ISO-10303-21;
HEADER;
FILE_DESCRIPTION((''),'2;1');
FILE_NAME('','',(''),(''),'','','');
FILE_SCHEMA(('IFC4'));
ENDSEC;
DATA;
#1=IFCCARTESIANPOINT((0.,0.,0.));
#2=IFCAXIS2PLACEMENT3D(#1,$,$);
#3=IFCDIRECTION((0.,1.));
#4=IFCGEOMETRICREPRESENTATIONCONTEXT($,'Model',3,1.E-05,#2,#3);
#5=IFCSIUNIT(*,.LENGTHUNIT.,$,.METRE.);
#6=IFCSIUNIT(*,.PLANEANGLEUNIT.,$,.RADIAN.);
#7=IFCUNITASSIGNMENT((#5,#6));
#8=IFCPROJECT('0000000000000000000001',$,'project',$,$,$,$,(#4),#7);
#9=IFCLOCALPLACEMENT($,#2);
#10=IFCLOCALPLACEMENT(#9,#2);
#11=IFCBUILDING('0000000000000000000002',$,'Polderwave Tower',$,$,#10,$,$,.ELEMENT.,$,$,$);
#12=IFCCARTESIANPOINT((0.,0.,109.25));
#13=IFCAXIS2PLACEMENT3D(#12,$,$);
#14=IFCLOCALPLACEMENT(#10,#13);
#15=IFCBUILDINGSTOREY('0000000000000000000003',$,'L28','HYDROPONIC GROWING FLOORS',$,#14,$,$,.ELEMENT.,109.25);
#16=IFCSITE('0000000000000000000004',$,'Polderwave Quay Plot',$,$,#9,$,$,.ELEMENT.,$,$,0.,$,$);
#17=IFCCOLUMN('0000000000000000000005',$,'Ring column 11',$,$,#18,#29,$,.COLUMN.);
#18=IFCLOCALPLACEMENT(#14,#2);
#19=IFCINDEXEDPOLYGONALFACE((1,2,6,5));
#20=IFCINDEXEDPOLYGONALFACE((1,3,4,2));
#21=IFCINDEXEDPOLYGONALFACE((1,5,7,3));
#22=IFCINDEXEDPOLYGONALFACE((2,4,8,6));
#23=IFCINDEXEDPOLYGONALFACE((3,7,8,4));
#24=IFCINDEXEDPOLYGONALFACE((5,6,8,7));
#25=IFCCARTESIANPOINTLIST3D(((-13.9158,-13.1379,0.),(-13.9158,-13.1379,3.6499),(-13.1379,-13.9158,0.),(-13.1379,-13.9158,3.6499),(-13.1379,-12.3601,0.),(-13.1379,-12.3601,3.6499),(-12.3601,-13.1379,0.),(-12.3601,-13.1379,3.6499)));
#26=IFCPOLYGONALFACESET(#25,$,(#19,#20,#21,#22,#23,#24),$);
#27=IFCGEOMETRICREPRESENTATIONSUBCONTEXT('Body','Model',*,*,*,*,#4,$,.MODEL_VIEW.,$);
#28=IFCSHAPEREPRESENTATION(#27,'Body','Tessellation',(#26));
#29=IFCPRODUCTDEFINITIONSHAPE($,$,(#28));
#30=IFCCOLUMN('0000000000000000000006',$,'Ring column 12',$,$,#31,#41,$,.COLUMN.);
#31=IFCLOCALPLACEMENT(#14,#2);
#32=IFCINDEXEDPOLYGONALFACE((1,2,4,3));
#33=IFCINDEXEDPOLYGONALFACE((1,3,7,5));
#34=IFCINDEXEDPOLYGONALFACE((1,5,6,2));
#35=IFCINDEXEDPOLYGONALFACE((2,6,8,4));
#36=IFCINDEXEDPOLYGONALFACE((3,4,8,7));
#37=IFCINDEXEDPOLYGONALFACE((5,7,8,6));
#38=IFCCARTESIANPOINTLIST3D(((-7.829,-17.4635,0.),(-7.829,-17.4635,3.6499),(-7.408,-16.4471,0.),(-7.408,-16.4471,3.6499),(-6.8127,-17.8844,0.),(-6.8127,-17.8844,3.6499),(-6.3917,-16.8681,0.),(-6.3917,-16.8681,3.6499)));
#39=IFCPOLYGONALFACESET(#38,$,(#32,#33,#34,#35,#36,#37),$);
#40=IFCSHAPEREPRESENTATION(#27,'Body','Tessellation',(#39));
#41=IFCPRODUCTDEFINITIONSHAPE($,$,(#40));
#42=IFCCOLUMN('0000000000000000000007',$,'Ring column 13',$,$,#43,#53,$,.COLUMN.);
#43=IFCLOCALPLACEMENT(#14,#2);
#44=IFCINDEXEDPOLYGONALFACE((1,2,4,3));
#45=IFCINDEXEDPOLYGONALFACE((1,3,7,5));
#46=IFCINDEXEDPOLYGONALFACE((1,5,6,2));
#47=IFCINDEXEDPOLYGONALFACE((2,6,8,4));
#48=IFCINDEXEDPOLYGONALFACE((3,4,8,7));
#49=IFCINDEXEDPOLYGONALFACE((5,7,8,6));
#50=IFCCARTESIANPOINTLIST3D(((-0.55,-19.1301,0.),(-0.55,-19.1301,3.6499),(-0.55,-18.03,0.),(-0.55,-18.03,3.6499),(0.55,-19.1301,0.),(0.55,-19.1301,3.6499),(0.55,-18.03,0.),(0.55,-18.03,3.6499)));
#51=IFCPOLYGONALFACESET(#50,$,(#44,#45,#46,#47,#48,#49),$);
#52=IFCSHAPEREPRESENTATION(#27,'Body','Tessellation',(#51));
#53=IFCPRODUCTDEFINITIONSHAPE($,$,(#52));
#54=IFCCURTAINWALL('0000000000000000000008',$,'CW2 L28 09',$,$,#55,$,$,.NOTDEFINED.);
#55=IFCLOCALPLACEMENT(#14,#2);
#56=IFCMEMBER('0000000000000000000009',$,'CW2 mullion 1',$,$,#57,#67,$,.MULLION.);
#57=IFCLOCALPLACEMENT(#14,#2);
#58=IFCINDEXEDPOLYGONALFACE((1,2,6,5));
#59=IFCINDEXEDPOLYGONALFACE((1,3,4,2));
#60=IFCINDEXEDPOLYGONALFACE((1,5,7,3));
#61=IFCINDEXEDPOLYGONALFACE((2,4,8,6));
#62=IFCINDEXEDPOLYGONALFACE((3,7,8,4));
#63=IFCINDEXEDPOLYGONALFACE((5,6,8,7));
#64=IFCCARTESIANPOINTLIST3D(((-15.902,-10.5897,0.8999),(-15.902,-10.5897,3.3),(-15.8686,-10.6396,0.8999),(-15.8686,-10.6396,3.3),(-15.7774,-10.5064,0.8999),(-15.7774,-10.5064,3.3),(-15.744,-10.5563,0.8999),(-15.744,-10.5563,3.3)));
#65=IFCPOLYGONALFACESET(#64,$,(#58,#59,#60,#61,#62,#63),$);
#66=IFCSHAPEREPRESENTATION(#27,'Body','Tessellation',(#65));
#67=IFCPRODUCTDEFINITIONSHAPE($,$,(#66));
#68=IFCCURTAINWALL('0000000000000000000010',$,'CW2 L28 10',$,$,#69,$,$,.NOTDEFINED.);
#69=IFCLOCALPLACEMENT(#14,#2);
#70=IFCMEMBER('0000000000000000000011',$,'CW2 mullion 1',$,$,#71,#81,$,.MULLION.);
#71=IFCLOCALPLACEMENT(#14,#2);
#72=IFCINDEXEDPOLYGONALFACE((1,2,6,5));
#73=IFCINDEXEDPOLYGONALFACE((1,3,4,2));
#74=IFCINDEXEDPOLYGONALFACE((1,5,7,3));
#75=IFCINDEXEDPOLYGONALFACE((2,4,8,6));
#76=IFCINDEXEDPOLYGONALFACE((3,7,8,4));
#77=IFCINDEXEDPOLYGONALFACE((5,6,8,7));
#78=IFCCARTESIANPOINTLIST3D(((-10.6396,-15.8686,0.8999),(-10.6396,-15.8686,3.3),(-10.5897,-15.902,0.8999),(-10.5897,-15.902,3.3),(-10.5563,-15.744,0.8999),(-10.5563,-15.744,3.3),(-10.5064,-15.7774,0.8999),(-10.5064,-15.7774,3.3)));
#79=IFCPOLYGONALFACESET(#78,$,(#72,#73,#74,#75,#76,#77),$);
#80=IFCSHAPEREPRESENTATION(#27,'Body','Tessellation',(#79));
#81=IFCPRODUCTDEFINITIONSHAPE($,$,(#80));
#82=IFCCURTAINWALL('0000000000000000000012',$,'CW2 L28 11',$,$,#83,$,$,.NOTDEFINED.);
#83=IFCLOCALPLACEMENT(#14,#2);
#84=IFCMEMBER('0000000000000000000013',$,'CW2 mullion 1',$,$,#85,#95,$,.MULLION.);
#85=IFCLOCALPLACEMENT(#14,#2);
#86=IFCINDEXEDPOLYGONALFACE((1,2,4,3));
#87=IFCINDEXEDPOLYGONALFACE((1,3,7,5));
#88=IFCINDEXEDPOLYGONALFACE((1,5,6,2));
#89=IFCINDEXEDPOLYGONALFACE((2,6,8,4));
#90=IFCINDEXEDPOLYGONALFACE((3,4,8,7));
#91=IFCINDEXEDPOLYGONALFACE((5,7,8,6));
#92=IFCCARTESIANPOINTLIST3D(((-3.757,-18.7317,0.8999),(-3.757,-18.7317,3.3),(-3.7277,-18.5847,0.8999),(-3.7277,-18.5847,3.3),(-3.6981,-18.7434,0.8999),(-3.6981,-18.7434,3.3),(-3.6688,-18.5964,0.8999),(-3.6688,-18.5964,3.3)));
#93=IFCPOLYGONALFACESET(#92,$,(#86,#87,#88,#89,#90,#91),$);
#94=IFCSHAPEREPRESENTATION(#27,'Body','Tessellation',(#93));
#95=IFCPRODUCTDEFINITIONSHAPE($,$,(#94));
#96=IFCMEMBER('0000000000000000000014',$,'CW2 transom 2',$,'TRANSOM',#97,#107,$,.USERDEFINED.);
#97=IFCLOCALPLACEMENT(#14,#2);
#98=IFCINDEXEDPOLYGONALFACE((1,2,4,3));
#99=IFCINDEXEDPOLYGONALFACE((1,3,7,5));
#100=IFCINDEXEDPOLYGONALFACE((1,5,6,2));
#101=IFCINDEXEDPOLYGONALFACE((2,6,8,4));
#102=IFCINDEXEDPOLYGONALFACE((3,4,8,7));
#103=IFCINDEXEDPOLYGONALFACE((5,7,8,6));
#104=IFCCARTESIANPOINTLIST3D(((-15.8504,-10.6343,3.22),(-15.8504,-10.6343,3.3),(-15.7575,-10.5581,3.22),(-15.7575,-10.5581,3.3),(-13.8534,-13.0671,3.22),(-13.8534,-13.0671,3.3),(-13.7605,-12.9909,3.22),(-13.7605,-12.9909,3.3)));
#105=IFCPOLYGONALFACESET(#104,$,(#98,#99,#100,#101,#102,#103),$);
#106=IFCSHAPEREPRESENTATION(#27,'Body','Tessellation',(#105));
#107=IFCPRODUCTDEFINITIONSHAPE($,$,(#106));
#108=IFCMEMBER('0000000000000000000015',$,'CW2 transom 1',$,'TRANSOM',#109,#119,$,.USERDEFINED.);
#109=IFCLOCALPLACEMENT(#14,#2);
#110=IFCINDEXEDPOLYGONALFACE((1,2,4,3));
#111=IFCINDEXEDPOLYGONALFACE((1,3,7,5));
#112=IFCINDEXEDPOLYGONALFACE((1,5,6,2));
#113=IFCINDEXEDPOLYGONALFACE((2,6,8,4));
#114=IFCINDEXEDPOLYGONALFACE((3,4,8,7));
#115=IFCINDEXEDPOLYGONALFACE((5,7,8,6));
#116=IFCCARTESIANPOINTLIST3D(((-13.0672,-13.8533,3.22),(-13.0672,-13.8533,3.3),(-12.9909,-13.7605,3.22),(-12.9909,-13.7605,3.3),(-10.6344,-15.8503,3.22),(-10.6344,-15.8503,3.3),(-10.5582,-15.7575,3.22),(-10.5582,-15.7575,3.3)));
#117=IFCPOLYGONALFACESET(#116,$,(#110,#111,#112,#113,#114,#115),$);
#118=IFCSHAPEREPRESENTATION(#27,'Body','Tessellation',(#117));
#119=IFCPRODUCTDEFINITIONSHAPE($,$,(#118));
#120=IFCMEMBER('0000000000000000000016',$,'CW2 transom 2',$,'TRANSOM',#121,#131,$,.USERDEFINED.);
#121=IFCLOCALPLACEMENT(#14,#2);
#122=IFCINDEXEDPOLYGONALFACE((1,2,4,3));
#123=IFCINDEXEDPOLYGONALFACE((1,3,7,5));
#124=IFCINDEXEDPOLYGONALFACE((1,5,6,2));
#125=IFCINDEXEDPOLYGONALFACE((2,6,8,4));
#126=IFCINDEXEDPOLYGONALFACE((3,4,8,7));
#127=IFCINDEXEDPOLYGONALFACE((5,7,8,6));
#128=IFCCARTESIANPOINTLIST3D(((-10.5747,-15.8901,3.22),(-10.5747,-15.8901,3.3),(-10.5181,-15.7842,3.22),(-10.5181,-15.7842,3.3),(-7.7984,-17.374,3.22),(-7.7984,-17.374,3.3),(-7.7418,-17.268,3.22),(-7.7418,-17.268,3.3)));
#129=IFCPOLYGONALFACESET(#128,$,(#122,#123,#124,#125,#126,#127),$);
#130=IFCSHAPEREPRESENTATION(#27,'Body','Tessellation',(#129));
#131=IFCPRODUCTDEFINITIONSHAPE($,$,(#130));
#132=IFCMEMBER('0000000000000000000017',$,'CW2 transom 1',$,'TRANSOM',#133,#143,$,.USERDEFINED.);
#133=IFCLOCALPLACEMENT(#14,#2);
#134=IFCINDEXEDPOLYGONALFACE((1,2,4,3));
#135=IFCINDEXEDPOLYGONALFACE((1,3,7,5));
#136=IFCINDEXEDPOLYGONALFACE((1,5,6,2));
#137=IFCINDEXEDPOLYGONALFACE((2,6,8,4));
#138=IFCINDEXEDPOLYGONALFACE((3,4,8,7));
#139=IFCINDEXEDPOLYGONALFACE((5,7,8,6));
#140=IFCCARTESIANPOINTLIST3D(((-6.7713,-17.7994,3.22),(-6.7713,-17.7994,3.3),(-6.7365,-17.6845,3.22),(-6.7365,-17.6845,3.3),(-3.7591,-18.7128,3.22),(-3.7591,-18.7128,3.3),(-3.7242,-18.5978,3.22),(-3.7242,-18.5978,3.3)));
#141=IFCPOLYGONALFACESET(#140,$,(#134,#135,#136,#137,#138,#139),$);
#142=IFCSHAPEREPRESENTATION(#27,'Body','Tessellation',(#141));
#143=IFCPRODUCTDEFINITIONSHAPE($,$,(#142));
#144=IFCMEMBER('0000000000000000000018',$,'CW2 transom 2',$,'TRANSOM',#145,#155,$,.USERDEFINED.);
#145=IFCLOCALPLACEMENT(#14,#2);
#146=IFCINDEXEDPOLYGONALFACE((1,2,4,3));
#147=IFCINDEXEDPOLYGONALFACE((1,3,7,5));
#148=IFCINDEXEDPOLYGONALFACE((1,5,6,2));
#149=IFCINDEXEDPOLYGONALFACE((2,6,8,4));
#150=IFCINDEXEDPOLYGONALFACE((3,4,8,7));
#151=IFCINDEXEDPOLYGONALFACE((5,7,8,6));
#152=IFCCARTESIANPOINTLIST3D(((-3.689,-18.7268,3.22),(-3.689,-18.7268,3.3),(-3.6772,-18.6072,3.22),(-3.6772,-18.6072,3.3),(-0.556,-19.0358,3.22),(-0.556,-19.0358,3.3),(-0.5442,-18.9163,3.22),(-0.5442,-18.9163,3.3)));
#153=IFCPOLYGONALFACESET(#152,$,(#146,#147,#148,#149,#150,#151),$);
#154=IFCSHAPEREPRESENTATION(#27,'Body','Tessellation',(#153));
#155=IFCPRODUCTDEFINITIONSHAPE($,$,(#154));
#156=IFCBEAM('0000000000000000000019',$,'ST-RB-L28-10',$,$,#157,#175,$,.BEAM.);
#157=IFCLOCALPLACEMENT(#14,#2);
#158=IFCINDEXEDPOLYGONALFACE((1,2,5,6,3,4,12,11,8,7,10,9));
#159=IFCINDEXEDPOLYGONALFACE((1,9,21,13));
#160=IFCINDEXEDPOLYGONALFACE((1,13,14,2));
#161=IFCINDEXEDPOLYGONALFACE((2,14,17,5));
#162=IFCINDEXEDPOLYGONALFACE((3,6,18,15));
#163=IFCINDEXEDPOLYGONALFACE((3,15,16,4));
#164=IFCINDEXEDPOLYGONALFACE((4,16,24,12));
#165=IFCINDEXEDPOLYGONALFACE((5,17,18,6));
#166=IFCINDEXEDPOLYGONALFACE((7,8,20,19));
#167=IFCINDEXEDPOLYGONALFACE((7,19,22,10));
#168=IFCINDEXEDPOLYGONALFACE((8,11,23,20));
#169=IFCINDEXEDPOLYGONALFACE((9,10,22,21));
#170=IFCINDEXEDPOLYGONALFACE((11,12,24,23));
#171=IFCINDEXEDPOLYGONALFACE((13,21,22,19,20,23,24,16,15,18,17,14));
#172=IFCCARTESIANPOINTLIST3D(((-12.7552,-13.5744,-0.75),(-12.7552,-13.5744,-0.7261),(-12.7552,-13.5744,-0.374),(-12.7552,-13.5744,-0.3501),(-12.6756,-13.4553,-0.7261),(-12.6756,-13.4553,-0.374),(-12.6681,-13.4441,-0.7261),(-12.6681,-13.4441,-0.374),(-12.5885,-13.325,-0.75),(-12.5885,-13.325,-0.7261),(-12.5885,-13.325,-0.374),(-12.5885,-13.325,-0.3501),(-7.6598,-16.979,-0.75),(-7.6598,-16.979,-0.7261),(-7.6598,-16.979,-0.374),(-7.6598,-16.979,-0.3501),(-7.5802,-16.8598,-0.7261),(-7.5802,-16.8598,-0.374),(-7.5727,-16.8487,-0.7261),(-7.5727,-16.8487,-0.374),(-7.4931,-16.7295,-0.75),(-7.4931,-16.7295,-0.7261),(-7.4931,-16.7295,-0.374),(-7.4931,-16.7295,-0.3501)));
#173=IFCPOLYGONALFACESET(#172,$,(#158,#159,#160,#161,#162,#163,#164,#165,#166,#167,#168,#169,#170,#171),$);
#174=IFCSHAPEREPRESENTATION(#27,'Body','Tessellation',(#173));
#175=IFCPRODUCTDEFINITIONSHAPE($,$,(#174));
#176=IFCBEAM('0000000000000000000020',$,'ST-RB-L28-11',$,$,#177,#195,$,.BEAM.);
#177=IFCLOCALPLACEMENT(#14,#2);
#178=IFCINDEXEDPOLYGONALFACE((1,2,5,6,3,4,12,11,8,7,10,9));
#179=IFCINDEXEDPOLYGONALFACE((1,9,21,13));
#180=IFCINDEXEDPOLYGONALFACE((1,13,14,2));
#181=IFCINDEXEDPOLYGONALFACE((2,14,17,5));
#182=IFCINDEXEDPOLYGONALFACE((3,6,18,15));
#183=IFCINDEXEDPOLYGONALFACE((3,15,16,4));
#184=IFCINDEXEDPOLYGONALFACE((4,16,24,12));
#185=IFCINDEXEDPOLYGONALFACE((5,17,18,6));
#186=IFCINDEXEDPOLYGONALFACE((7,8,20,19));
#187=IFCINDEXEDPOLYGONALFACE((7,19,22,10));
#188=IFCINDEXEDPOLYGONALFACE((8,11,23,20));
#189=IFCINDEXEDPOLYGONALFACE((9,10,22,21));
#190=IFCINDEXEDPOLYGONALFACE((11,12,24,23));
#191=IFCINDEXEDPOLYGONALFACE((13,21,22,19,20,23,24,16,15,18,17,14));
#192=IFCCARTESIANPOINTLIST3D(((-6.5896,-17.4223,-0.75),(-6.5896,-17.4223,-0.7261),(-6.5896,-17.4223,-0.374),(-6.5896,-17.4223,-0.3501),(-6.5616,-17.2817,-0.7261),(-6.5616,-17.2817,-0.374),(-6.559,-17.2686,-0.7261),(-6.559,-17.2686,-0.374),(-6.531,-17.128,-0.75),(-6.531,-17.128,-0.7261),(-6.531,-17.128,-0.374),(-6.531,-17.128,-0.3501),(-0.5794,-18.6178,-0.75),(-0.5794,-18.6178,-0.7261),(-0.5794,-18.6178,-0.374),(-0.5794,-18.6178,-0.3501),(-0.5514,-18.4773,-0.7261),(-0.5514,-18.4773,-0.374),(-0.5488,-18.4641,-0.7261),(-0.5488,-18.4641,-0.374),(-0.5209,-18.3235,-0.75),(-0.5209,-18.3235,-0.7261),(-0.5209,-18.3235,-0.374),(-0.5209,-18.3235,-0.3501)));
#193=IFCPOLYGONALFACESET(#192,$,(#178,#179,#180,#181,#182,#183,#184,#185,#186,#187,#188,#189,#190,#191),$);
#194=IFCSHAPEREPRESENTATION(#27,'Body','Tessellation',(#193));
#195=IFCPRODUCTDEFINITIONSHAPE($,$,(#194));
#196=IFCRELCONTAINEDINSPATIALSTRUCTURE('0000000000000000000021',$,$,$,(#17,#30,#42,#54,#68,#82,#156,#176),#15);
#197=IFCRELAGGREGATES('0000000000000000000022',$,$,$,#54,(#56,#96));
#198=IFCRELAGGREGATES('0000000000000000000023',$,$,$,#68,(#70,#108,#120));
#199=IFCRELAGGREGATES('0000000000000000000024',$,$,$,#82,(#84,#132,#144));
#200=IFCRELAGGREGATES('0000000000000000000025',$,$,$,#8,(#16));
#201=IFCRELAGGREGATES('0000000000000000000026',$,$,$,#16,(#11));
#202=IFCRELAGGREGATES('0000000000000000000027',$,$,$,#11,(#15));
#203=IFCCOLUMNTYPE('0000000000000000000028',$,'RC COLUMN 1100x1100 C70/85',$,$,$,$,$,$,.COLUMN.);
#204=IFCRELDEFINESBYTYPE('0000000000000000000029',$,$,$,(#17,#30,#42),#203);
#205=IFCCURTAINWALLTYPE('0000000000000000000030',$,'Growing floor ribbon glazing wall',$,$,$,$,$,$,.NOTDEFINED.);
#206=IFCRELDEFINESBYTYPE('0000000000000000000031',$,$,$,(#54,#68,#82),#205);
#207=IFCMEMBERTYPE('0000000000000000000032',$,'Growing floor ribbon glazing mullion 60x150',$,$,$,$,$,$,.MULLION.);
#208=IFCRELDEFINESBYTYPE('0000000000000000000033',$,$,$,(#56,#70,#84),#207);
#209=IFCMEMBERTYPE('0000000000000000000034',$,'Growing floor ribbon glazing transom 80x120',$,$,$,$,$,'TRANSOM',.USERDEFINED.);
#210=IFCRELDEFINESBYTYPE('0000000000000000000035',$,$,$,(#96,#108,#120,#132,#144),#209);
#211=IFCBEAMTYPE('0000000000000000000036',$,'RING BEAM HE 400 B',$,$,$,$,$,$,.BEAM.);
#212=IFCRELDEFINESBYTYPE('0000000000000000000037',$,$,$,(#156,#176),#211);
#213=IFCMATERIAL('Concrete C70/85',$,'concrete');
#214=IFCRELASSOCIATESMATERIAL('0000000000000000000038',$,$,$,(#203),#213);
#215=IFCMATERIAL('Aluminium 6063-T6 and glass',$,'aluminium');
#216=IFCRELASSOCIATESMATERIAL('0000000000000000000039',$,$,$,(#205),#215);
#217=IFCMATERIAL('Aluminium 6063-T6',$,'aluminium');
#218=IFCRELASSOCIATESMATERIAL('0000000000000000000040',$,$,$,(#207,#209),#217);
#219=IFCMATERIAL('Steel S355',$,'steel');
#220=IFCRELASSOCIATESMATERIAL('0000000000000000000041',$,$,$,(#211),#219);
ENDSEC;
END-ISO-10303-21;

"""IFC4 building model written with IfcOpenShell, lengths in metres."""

from ifc_helpers import new_model, si_unit, direction, frame, origin, origin_2d, place, context, subcontext, project, spatial, rectangle, i_section, extrude, material, material_profile, profile_set, type_object, element, aggregate, save


model = new_model("IFC4")

# Units and contexts
model_context = context("Model", 3, precision=1e-05, world=origin(), true_north=direction((0.0, 1.0)))
body_context = subcontext(model_context, "Body", "Model", "MODEL_VIEW")
ifc_project = project(units=[si_unit("LENGTHUNIT", "METRE"), si_unit("PLANEANGLEUNIT", "RADIAN")], contexts=[model_context])

# Site, building, storey
site_placement = place(None, origin())
site = spatial("IfcSite", under=ifc_project, at=site_placement, Name="Polderwave Quay Plot", CompositionType="ELEMENT", RefElevation=0.0)
building_placement = place(site_placement, origin())
building = spatial("IfcBuilding", under=site, at=building_placement, Name="Polderwave Tower", CompositionType="ELEMENT")
storey_placement = place(building_placement, frame((0.0, 0.0, 109.25)))
storey = spatial("IfcBuildingStorey", under=building, at=storey_placement, Name="L28", Description="HYDROPONIC GROWING FLOORS", CompositionType="ELEMENT", Elevation=109.25)

# Columns
ifc_material_1 = material(Name="Concrete C70/85", Category="concrete")
ifc_material_profile_1 = material_profile(ifc_material_1, rectangle(XDim=1.1001, YDim=1.1001, at=origin_2d()), Name="RC 1100x1100")
ifc_profile_set_1 = profile_set([ifc_material_profile_1], Name="Concrete C70/85")
column_type = type_object("IfcColumnType", Name="RC COLUMN 1100x1100 C70/85", PredefinedType="COLUMN", material=ifc_profile_set_1)
for number, where, z_axis, x_axis, name in (
    (1, (-13.1379, -13.1379, 0.0), (0.0, 0.0, 1.0), (-0.707107, -0.707107, 0.0), "Ring column 11"),
    (2, (-7.1104, -17.1658, 0.0), (0.0, 0.0, 1.0), (-0.382683, -0.92388, 0.0), "Ring column 12"),
    (3, (0.0, -18.5801, 0.0), (0.0, 0.0, 1.0), (0.0, -1.0, 0.0), "Ring column 13"),
):
    element("IfcColumn", number, at=place(storey_placement, frame(where, z_axis=z_axis, x_axis=x_axis)), inside=storey, type_object=column_type, Name=name, PredefinedType="COLUMN", context=body_context, shape_type="SweptSolid", body=[
        extrude(rectangle(XDim=1.1001, YDim=1.1001, at=origin_2d()), origin(), (0.0, 0.0, 1.0), 3.6499),
    ])

# Curtain walls, members
ifc_material_2 = material(Name="Aluminium 6063-T6 and glass", Category="aluminium")
curtain_wall_type = type_object("IfcCurtainWallType", Name="Growing floor ribbon glazing wall", PredefinedType="NOTDEFINED", material=ifc_material_2)
curtain_wall_1_placement = place(storey_placement, origin())
curtain_wall_1 = element("IfcCurtainWall", 4, at=curtain_wall_1_placement, inside=storey, type_object=curtain_wall_type, Name="CW2 L28 09", PredefinedType="NOTDEFINED")
ifc_material_3 = material(Name="Aluminium 6063-T6", Category="aluminium")
ifc_material_profile_2 = material_profile(ifc_material_3, rectangle(XDim=0.1499, YDim=0.0601, at=origin_2d()), Name="AL 60x150")
ifc_profile_set_2 = profile_set([ifc_material_profile_2], Name="Aluminium 6063-T6")
member_type_1 = type_object("IfcMemberType", Name="Growing floor ribbon glazing mullion 60x150", PredefinedType="MULLION", material=ifc_profile_set_2)
member_1_placement = place(storey_placement, frame((-15.823, -10.573, 0.8999), z_axis=(0.0, 0.0, 1.0), x_axis=(0.83146, 0.555585, 0.0)))
member_1 = element("IfcMember", 5, at=member_1_placement, type_object=member_type_1, Name="CW2 mullion 1", PredefinedType="MULLION", context=body_context, shape_type="SweptSolid", body=[
    extrude(rectangle(XDim=0.1499, YDim=0.0601, at=origin_2d()), origin(), (0.0, 0.0, 1.0), 2.4001),
])
curtain_wall_2_placement = place(storey_placement, origin())
curtain_wall_2 = element("IfcCurtainWall", 6, at=curtain_wall_2_placement, inside=storey, type_object=curtain_wall_type, Name="CW2 L28 10", PredefinedType="NOTDEFINED")
member_2_placement = place(storey_placement, frame((-10.573, -15.823, 0.8999), z_axis=(0.0, 0.0, 1.0), x_axis=(0.555585, 0.83146, 0.0)))
member_2 = element("IfcMember", 7, at=member_2_placement, type_object=member_type_1, Name="CW2 mullion 1", PredefinedType="MULLION", context=body_context, shape_type="SweptSolid", body=[
    extrude(rectangle(XDim=0.1499, YDim=0.0601, at=origin_2d()), origin(), (0.0, 0.0, 1.0), 2.4001),
])
curtain_wall_3_placement = place(storey_placement, origin())
curtain_wall_3 = element("IfcCurtainWall", 8, at=curtain_wall_3_placement, inside=storey, type_object=curtain_wall_type, Name="CW2 L28 11", PredefinedType="NOTDEFINED")
member_3_placement = place(storey_placement, frame((-3.7129, -18.6641, 0.8999), z_axis=(0.0, 0.0, 1.0), x_axis=(0.195092, 0.980785, 0.0)))
member_3 = element("IfcMember", 9, at=member_3_placement, type_object=member_type_1, Name="CW2 mullion 1", PredefinedType="MULLION", context=body_context, shape_type="SweptSolid", body=[
    extrude(rectangle(XDim=0.1499, YDim=0.0601, at=origin_2d()), origin(), (0.0, 0.0, 1.0), 2.4001),
])

# Members
ifc_material_profile_3 = material_profile(ifc_material_3, rectangle(XDim=0.1201, YDim=0.0801, at=origin_2d()), Name="AL 80x120")
ifc_profile_set_3 = profile_set([ifc_material_profile_3], Name="Aluminium 6063-T6")
member_type_2 = type_object("IfcMemberType", Name="Growing floor ribbon glazing transom 80x120", ElementType="TRANSOM", PredefinedType="USERDEFINED", material=ifc_profile_set_3)
member_4_placement = place(storey_placement, frame((-15.804, -10.5962, 3.26), z_axis=(0.634483, -0.772937, 0.0), x_axis=(0.772937, 0.634483, 0.0)))
member_4 = element("IfcMember", 10, at=member_4_placement, type_object=member_type_2, Name="CW2 transom 2", ObjectType="TRANSOM", PredefinedType="USERDEFINED", context=body_context, shape_type="SweptSolid", body=[
    extrude(rectangle(XDim=0.1201, YDim=0.0801, at=origin_2d()), origin(), (0.0, 0.0, 1.0), 3.1475),
])
member_5_placement = place(storey_placement, frame((-13.0291, -13.8069, 3.26), z_axis=(0.772937, -0.634483, 0.0), x_axis=(0.634483, 0.772937, 0.0)))
member_5 = element("IfcMember", 11, at=member_5_placement, type_object=member_type_2, Name="CW2 transom 1", ObjectType="TRANSOM", PredefinedType="USERDEFINED", context=body_context, shape_type="SweptSolid", body=[
    extrude(rectangle(XDim=0.1201, YDim=0.0801, at=origin_2d()), origin(), (0.0, 0.0, 1.0), 3.1475),
])
member_6_placement = place(storey_placement, frame((-10.5464, -15.8372, 3.26), z_axis=(0.881936, -0.471369, 0.0), x_axis=(0.471369, 0.881936, 0.0)))
member_6 = element("IfcMember", 12, at=member_6_placement, type_object=member_type_2, Name="CW2 transom 2", ObjectType="TRANSOM", PredefinedType="USERDEFINED", context=body_context, shape_type="SweptSolid", body=[
    extrude(rectangle(XDim=0.1201, YDim=0.0801, at=origin_2d()), origin(), (0.0, 0.0, 1.0), 3.1479),
])
member_7_placement = place(storey_placement, frame((-6.7539, -17.7419, 3.26), z_axis=(0.956977, -0.290165, 0.0), x_axis=(0.290165, 0.956977, 0.0)))
member_7 = element("IfcMember", 13, at=member_7_placement, type_object=member_type_2, Name="CW2 transom 1", ObjectType="TRANSOM", PredefinedType="USERDEFINED", context=body_context, shape_type="SweptSolid", body=[
    extrude(rectangle(XDim=0.1201, YDim=0.0801, at=origin_2d()), origin(), (0.0, 0.0, 1.0), 3.1477),
])
member_8_placement = place(storey_placement, frame((-3.6831, -18.667, 3.26), z_axis=(0.995169, -0.098175, 0.0), x_axis=(0.098175, 0.995169, 0.0)))
member_8 = element("IfcMember", 14, at=member_8_placement, type_object=member_type_2, Name="CW2 transom 2", ObjectType="TRANSOM", PredefinedType="USERDEFINED", context=body_context, shape_type="SweptSolid", body=[
    extrude(rectangle(XDim=0.1201, YDim=0.0801, at=origin_2d()), origin(), (0.0, 0.0, 1.0), 3.1482),
])

# Beams
ifc_material_4 = material(Name="Steel S355", Category="steel")
ifc_material_profile_4 = material_profile(ifc_material_4, i_section(OverallWidth=0.3, OverallDepth=0.3999, WebThickness=0.0134, FlangeThickness=0.0239, at=origin_2d()), Name="HE 400 B")
ifc_profile_set_4 = profile_set([ifc_material_profile_4], Name="Steel S355")
beam_type = type_object("IfcBeamType", Name="RING BEAM HE 400 B", PredefinedType="BEAM", material=ifc_profile_set_4)
beam_1_placement = place(storey_placement, frame((-12.6719, -13.4497, -0.55), z_axis=(0.83148, -0.555555, 0.0), x_axis=(0.555555, 0.83148, 0.0)))
element("IfcBeam", 15, at=beam_1_placement, inside=storey, type_object=beam_type, Name="ST-RB-L28-10", PredefinedType="BEAM", context=body_context, shape_type="SweptSolid", body=[
    extrude(i_section(OverallWidth=0.3, OverallDepth=0.3999, WebThickness=0.0134, FlangeThickness=0.0239, at=origin_2d()), origin(), (0.0, 0.0, 1.0), 6.1282),
])
beam_2_placement = place(storey_placement, frame((-6.5603, -17.2751, -0.55), z_axis=(0.980784, -0.195097, 0.0), x_axis=(0.195097, 0.980784, 0.0)))
element("IfcBeam", 16, at=beam_2_placement, inside=storey, type_object=beam_type, Name="ST-RB-L28-11", PredefinedType="BEAM", context=body_context, shape_type="SweptSolid", body=[
    extrude(i_section(OverallWidth=0.3, OverallDepth=0.3999, WebThickness=0.0134, FlangeThickness=0.0239, at=origin_2d()), origin(), (0.0, 0.0, 1.0), 6.1279),
])

aggregate(curtain_wall_1, [member_1, member_4])
aggregate(curtain_wall_2, [member_2, member_5, member_6])
aggregate(curtain_wall_3, [member_3, member_7, member_8])

save(model, "model.ifc")
